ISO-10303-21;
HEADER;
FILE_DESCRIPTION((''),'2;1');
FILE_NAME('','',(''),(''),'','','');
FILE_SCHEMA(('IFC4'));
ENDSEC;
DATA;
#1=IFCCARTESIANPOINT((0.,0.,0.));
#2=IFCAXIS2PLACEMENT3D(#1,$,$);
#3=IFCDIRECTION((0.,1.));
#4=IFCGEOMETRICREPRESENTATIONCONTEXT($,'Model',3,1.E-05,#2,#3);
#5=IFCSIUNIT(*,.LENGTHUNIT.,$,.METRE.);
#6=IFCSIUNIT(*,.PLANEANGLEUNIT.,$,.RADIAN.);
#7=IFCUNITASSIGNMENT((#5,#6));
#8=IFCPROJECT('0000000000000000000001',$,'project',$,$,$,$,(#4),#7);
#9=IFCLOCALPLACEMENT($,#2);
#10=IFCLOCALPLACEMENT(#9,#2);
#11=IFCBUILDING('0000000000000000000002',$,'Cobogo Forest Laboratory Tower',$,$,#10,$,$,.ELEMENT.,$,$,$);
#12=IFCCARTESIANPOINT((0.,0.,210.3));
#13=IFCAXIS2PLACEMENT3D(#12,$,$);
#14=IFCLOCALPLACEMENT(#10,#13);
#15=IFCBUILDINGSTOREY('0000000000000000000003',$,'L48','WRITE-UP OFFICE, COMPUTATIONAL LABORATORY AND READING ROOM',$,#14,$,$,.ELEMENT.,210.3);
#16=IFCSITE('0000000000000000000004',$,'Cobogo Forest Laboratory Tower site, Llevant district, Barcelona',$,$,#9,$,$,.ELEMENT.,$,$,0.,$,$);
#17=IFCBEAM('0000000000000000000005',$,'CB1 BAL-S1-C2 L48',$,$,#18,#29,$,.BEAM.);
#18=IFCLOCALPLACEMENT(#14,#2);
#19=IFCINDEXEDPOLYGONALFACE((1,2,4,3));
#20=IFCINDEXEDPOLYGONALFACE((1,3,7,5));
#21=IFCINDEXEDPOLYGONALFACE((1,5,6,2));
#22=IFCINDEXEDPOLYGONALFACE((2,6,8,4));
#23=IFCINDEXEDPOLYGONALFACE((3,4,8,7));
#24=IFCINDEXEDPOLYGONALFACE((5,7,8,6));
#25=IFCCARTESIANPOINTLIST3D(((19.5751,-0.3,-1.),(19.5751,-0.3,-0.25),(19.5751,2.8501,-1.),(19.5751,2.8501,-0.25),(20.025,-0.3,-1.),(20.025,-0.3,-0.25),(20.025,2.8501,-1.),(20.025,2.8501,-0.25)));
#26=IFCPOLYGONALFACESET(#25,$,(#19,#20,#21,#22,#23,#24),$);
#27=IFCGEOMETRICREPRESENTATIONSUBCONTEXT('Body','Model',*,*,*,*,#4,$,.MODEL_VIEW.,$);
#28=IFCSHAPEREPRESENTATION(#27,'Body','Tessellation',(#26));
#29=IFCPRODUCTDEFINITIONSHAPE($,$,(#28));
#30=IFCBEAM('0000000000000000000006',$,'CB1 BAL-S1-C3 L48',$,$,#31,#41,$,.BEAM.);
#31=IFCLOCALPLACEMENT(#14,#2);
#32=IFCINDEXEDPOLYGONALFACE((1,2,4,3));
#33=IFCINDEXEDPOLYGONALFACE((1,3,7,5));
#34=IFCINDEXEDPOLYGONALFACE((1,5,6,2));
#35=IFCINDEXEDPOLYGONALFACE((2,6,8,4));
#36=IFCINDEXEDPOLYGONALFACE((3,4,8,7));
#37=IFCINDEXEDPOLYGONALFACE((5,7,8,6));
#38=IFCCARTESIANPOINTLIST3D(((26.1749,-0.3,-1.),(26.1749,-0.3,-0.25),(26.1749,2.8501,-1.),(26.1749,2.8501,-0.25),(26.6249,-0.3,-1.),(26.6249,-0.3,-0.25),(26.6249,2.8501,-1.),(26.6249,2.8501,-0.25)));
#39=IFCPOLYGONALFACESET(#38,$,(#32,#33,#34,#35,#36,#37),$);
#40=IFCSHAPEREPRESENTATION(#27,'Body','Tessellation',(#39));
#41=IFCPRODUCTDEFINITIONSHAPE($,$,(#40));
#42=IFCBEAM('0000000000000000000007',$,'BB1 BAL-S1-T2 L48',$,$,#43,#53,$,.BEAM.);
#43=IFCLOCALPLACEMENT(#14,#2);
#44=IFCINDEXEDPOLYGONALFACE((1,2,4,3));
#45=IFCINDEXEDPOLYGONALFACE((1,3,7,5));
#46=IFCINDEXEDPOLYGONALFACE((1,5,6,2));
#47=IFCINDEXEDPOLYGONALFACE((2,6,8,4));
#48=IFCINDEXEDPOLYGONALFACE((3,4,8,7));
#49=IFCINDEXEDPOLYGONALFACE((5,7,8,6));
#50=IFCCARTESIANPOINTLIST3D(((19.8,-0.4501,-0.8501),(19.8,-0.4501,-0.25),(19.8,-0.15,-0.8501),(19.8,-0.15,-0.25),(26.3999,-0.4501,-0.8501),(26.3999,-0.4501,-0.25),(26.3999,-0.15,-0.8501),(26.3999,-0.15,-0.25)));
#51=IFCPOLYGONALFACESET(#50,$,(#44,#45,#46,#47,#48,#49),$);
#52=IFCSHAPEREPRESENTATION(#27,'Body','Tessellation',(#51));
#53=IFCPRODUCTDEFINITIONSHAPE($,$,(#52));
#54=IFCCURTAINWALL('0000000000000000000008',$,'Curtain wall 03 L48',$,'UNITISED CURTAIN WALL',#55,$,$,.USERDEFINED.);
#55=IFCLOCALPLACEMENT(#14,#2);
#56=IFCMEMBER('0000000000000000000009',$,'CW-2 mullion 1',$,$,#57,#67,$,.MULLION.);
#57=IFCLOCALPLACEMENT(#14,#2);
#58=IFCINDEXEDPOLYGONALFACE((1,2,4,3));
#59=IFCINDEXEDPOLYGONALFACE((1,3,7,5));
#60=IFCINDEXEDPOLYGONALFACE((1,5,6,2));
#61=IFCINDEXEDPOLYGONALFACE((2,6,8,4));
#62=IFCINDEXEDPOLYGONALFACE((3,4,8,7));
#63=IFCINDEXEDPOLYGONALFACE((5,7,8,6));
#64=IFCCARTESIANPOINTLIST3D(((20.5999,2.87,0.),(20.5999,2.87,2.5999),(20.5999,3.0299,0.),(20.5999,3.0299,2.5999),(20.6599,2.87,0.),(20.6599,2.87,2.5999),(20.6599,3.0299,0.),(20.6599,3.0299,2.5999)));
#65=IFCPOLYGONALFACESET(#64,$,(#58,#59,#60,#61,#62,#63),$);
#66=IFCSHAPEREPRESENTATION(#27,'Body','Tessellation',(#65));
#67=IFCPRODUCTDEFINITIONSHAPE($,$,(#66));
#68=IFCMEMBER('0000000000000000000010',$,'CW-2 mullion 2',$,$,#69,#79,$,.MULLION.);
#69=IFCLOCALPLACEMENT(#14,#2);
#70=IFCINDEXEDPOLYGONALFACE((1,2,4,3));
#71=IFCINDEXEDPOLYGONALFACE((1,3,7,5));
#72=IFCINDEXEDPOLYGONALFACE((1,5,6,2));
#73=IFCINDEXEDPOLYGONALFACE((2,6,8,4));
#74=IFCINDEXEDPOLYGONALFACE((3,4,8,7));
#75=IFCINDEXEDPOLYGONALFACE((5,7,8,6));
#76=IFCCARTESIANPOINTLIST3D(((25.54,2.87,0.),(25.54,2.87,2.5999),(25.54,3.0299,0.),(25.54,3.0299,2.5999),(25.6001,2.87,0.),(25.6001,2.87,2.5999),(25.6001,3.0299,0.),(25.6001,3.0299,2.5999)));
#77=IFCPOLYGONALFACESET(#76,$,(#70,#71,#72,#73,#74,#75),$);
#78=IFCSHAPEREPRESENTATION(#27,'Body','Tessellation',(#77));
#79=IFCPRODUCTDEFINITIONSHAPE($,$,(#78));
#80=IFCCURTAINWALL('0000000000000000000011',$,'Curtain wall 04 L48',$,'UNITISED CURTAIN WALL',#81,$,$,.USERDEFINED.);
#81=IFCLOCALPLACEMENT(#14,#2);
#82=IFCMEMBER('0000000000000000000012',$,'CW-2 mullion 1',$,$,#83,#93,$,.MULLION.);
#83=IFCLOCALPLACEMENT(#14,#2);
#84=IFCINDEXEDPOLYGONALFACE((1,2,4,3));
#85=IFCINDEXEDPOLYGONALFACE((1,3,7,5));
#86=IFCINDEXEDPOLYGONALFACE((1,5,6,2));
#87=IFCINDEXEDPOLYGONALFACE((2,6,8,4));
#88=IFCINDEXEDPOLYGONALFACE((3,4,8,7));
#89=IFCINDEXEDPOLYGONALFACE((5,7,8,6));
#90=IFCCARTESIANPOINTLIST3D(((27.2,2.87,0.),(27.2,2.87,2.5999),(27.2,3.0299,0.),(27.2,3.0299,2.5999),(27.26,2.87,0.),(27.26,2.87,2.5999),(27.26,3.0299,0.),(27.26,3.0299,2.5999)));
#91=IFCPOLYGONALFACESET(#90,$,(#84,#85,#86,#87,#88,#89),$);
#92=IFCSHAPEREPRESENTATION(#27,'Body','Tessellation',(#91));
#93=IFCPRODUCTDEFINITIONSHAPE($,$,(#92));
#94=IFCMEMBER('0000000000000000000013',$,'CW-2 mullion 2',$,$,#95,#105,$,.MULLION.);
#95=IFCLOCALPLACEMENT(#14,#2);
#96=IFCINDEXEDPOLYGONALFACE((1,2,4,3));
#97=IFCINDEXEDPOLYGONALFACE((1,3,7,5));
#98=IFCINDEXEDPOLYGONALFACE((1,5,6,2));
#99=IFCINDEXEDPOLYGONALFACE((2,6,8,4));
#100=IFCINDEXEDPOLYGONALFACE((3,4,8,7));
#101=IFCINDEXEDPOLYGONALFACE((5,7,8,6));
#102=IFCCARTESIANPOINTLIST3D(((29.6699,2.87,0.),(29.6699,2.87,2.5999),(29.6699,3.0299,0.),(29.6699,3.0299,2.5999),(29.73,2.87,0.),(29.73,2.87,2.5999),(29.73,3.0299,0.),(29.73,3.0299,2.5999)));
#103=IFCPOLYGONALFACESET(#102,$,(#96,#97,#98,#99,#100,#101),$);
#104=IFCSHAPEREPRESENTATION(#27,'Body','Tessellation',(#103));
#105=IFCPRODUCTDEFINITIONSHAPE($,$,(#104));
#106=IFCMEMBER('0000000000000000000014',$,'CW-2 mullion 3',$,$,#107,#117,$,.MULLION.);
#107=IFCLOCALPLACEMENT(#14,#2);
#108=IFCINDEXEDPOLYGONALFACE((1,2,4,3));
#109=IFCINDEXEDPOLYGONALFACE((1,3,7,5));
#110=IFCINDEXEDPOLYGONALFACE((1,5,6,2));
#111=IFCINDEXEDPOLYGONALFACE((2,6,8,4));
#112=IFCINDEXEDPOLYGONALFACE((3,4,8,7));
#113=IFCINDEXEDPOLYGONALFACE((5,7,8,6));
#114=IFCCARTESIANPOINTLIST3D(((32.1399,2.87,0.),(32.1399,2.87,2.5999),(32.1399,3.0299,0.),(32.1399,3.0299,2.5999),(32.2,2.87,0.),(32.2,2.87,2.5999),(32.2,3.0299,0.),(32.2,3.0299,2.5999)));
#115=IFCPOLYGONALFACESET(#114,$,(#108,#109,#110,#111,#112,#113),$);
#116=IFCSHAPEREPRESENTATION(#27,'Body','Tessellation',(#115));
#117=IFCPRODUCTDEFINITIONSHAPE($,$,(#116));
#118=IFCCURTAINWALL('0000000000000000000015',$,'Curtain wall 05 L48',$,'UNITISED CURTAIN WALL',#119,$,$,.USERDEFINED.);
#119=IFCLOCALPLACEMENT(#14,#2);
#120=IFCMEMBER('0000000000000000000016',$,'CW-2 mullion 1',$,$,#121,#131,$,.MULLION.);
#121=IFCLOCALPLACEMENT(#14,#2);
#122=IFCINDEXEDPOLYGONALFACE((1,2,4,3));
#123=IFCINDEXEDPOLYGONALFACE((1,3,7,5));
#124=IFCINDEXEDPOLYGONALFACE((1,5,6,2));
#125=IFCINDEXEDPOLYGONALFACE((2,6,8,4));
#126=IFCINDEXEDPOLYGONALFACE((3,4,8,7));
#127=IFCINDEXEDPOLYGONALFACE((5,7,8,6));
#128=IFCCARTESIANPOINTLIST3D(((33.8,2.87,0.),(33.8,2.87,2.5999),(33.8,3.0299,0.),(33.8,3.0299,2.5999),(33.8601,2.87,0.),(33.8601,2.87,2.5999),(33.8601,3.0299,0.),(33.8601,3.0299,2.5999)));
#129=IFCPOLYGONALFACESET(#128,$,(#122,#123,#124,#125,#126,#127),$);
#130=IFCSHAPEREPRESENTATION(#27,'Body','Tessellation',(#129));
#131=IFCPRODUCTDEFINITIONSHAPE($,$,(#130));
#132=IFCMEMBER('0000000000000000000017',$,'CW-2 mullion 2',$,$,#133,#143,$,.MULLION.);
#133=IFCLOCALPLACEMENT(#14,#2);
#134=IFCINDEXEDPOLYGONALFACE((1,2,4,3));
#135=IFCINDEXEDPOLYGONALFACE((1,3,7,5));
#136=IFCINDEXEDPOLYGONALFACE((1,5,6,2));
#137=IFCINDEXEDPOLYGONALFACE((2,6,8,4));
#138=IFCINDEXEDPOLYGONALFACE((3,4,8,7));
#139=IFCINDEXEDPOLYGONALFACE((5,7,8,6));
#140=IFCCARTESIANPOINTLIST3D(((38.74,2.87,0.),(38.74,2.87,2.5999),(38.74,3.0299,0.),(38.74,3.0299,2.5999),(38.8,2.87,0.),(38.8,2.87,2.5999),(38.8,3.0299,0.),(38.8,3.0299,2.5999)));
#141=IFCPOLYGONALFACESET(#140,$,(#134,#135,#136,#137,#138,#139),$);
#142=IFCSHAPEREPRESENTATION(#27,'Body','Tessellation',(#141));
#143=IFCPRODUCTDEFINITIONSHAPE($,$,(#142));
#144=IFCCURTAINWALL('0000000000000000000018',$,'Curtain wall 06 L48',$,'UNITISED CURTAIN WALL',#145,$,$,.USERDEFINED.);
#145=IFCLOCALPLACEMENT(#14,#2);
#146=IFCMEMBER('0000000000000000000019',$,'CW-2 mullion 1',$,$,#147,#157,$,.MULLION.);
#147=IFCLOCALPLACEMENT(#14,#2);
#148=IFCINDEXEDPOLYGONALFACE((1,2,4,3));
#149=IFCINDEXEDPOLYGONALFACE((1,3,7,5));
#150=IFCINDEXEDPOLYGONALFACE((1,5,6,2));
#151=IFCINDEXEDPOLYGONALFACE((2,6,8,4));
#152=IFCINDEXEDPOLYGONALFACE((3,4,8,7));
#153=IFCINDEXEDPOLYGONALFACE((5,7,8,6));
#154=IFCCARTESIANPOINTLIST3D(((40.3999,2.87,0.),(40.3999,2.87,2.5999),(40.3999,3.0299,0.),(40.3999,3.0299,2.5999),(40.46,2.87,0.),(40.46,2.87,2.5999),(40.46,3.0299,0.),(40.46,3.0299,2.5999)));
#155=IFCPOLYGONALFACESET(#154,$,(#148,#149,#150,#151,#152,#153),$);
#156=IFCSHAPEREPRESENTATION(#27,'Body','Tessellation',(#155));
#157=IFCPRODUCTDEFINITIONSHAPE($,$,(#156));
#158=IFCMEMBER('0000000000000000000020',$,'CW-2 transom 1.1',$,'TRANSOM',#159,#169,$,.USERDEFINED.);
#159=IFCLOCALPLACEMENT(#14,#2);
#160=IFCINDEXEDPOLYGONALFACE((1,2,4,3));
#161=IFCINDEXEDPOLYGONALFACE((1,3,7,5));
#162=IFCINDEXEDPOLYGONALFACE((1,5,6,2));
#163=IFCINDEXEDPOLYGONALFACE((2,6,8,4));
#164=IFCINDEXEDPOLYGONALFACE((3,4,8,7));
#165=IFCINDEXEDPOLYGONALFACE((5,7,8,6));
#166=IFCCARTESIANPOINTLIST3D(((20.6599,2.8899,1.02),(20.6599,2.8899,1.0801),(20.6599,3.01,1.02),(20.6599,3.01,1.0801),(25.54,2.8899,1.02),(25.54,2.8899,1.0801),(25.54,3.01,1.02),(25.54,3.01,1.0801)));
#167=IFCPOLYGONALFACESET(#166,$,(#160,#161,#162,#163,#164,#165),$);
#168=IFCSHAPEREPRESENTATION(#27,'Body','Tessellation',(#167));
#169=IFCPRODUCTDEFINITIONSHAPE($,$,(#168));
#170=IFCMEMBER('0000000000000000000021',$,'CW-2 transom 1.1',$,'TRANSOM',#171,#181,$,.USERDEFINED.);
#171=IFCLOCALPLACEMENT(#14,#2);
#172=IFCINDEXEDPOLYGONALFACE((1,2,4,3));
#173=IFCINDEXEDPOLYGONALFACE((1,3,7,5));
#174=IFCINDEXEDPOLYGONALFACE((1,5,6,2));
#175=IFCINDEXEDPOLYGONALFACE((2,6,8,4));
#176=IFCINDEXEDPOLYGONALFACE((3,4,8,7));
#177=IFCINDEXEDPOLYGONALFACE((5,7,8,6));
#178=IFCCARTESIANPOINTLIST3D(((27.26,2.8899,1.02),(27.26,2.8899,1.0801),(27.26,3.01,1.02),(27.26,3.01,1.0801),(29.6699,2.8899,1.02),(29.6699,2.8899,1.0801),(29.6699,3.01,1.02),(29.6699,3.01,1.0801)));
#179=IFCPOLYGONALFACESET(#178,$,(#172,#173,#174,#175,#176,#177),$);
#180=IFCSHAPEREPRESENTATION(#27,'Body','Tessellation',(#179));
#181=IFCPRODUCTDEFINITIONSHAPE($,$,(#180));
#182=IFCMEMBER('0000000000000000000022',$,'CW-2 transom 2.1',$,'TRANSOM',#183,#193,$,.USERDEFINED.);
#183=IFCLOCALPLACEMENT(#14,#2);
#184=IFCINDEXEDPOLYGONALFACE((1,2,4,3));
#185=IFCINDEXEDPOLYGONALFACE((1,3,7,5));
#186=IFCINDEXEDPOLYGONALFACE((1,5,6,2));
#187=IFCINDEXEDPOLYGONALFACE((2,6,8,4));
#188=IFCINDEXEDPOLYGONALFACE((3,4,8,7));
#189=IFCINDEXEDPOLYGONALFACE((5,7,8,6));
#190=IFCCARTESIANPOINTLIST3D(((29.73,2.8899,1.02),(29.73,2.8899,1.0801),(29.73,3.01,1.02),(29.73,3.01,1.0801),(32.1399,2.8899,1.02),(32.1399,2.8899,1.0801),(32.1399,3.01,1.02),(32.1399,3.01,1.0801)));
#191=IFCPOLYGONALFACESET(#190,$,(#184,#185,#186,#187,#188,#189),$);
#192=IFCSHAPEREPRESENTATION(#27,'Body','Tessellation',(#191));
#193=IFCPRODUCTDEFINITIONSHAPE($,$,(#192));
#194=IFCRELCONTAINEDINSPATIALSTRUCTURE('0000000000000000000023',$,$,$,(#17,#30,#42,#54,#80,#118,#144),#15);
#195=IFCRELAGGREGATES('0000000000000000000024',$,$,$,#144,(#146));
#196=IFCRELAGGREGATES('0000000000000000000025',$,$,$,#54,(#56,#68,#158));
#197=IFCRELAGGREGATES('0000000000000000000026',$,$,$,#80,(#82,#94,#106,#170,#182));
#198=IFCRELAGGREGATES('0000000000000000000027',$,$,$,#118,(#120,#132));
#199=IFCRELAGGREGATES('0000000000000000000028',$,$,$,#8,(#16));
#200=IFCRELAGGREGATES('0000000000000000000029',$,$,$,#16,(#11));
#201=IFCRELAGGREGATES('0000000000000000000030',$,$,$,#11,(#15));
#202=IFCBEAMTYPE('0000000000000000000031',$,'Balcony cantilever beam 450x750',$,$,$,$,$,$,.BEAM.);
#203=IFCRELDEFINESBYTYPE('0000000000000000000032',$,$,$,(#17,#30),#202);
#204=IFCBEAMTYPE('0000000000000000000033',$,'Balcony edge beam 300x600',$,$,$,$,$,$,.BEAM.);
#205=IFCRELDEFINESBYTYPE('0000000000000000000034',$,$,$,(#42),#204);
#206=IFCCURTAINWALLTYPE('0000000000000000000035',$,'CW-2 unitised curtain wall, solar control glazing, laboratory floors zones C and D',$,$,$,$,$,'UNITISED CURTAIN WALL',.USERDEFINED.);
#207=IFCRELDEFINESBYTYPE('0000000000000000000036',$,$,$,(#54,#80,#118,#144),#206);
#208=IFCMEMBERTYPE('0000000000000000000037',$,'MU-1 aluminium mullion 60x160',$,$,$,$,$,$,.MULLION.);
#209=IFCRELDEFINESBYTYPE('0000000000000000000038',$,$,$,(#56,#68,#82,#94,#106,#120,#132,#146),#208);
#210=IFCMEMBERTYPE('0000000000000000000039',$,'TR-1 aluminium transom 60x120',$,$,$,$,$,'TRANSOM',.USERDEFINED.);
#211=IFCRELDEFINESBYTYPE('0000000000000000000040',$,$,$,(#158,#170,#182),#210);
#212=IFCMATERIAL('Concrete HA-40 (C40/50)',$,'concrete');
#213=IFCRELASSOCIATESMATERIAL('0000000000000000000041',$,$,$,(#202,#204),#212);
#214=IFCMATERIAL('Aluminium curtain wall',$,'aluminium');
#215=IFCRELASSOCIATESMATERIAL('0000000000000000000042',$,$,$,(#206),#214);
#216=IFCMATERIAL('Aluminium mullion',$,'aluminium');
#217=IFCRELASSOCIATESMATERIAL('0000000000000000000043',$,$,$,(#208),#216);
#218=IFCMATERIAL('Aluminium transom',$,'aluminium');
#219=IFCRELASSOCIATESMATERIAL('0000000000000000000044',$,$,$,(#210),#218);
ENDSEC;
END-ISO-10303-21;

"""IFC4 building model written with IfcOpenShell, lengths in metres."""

from ifc_helpers import new_model, si_unit, direction, frame, origin, origin_2d, place, context, subcontext, project, spatial, rectangle, extrude, material, material_profile, profile_set, type_object, element, aggregate, save


model = new_model("IFC4")

# Units and contexts
model_context = context("Model", 3, precision=1e-05, world=origin(), true_north=direction((0.0, 1.0)))
body_context = subcontext(model_context, "Body", "Model", "MODEL_VIEW")
ifc_project = project(units=[si_unit("LENGTHUNIT", "METRE"), si_unit("PLANEANGLEUNIT", "RADIAN")], contexts=[model_context])

# Site, building, storey
site_placement = place(None, origin())
site = spatial("IfcSite", under=ifc_project, at=site_placement, Name="Cobogo Forest Laboratory Tower site, Llevant district, Barcelona", CompositionType="ELEMENT", RefElevation=0.0)
building_placement = place(site_placement, origin())
building = spatial("IfcBuilding", under=site, at=building_placement, Name="Cobogo Forest Laboratory Tower", CompositionType="ELEMENT")
storey_placement = place(building_placement, frame((0.0, 0.0, 210.3)))
storey = spatial("IfcBuildingStorey", under=building, at=storey_placement, Name="L48", Description="WRITE-UP OFFICE, COMPUTATIONAL LABORATORY AND READING ROOM", CompositionType="ELEMENT", Elevation=210.3)

# Beams
ifc_material_1 = material(Name="Concrete HA-40 (C40/50)", Category="concrete")
ifc_material_profile_1 = material_profile(ifc_material_1, rectangle(XDim=0.45, YDim=0.75, at=origin_2d()), Name="RC 450x750")
ifc_profile_set_1 = profile_set([ifc_material_profile_1], Name="Concrete HA-40 (C40/50)")
beam_type_1 = type_object("IfcBeamType", Name="Balcony cantilever beam 450x750", PredefinedType="BEAM", material=ifc_profile_set_1)
for number, where, z_axis, x_axis, name in (
    (1, (19.8, 2.8501, -0.625), (0.0, -1.0, 0.0), (1.0, 0.0, 0.0), "CB1 BAL-S1-C2 L48"),
    (2, (26.3999, 2.8501, -0.625), (0.0, -1.0, 0.0), (1.0, 0.0, 0.0), "CB1 BAL-S1-C3 L48"),
):
    element("IfcBeam", number, at=place(storey_placement, frame(where, z_axis=z_axis, x_axis=x_axis)), inside=storey, type_object=beam_type_1, Name=name, PredefinedType="BEAM", context=body_context, shape_type="SweptSolid", body=[
        extrude(rectangle(XDim=0.45, YDim=0.75, at=origin_2d()), origin(), (0.0, 0.0, 1.0), 3.1501),
    ])
ifc_material_profile_2 = material_profile(ifc_material_1, rectangle(XDim=0.3, YDim=0.6001, at=origin_2d()), Name="RC 300x600")
ifc_profile_set_2 = profile_set([ifc_material_profile_2], Name="Concrete HA-40 (C40/50)")
beam_type_2 = type_object("IfcBeamType", Name="Balcony edge beam 300x600", PredefinedType="BEAM", material=ifc_profile_set_2)
beam_placement = place(storey_placement, frame((19.8, -0.3, -0.55), z_axis=(1.0, 0.0, 0.0), x_axis=(0.0, 1.0, 0.0)))
element("IfcBeam", 3, at=beam_placement, inside=storey, type_object=beam_type_2, Name="BB1 BAL-S1-T2 L48", PredefinedType="BEAM", context=body_context, shape_type="SweptSolid", body=[
    extrude(rectangle(XDim=0.3, YDim=0.6001, at=origin_2d()), origin(), (0.0, 0.0, 1.0), 6.5999),
])

# Curtain walls, members
ifc_material_2 = material(Name="Aluminium curtain wall", Category="aluminium")
curtain_wall_type = type_object("IfcCurtainWallType", Name="CW-2 unitised curtain wall, solar control glazing, laboratory floors zones C and D", ElementType="UNITISED CURTAIN WALL", PredefinedType="USERDEFINED", material=ifc_material_2)
curtain_wall_1_placement = place(storey_placement, origin())
curtain_wall_1 = element("IfcCurtainWall", 4, at=curtain_wall_1_placement, inside=storey, type_object=curtain_wall_type, Name="Curtain wall 03 L48", ObjectType="UNITISED CURTAIN WALL", PredefinedType="USERDEFINED")
ifc_material_3 = material(Name="Aluminium mullion", Category="aluminium")
ifc_material_profile_3 = material_profile(ifc_material_3, rectangle(XDim=0.0601, YDim=0.1599, at=origin_2d()), Name="AL 60x160")
ifc_profile_set_3 = profile_set([ifc_material_profile_3], Name="Aluminium mullion")
member_type_1 = type_object("IfcMemberType", Name="MU-1 aluminium mullion 60x160", PredefinedType="MULLION", material=ifc_profile_set_3)
member_1_placement = place(storey_placement, frame((20.6299, 2.95, 0.0), z_axis=(0.0, 0.0, 1.0), x_axis=(1.0, 0.0, 0.0)))
member_1 = element("IfcMember", 5, at=member_1_placement, type_object=member_type_1, Name="CW-2 mullion 1", PredefinedType="MULLION", context=body_context, shape_type="SweptSolid", body=[
    extrude(rectangle(XDim=0.0601, YDim=0.1599, at=origin_2d()), origin(), (0.0, 0.0, 1.0), 2.5999),
])
member_2_placement = place(storey_placement, frame((25.5701, 2.95, 0.0), z_axis=(0.0, 0.0, 1.0), x_axis=(1.0, 0.0, 0.0)))
member_2 = element("IfcMember", 6, at=member_2_placement, type_object=member_type_1, Name="CW-2 mullion 2", PredefinedType="MULLION", context=body_context, shape_type="SweptSolid", body=[
    extrude(rectangle(XDim=0.0601, YDim=0.1599, at=origin_2d()), origin(), (0.0, 0.0, 1.0), 2.5999),
])
curtain_wall_2_placement = place(storey_placement, origin())
curtain_wall_2 = element("IfcCurtainWall", 7, at=curtain_wall_2_placement, inside=storey, type_object=curtain_wall_type, Name="Curtain wall 04 L48", ObjectType="UNITISED CURTAIN WALL", PredefinedType="USERDEFINED")
member_3_placement = place(storey_placement, frame((27.23, 2.95, 0.0), z_axis=(0.0, 0.0, 1.0), x_axis=(1.0, 0.0, 0.0)))
member_3 = element("IfcMember", 8, at=member_3_placement, type_object=member_type_1, Name="CW-2 mullion 1", PredefinedType="MULLION", context=body_context, shape_type="SweptSolid", body=[
    extrude(rectangle(XDim=0.0601, YDim=0.1599, at=origin_2d()), origin(), (0.0, 0.0, 1.0), 2.5999),
])
member_4_placement = place(storey_placement, frame((29.7, 2.95, 0.0), z_axis=(0.0, 0.0, 1.0), x_axis=(1.0, 0.0, 0.0)))
member_4 = element("IfcMember", 9, at=member_4_placement, type_object=member_type_1, Name="CW-2 mullion 2", PredefinedType="MULLION", context=body_context, shape_type="SweptSolid", body=[
    extrude(rectangle(XDim=0.0601, YDim=0.1599, at=origin_2d()), origin(), (0.0, 0.0, 1.0), 2.5999),
])
member_5_placement = place(storey_placement, frame((32.1699, 2.95, 0.0), z_axis=(0.0, 0.0, 1.0), x_axis=(1.0, 0.0, 0.0)))
member_5 = element("IfcMember", 10, at=member_5_placement, type_object=member_type_1, Name="CW-2 mullion 3", PredefinedType="MULLION", context=body_context, shape_type="SweptSolid", body=[
    extrude(rectangle(XDim=0.0601, YDim=0.1599, at=origin_2d()), origin(), (0.0, 0.0, 1.0), 2.5999),
])
curtain_wall_3_placement = place(storey_placement, origin())
curtain_wall_3 = element("IfcCurtainWall", 11, at=curtain_wall_3_placement, inside=storey, type_object=curtain_wall_type, Name="Curtain wall 05 L48", ObjectType="UNITISED CURTAIN WALL", PredefinedType="USERDEFINED")
member_6_placement = place(storey_placement, frame((33.8301, 2.95, 0.0), z_axis=(0.0, 0.0, 1.0), x_axis=(1.0, 0.0, 0.0)))
member_6 = element("IfcMember", 12, at=member_6_placement, type_object=member_type_1, Name="CW-2 mullion 1", PredefinedType="MULLION", context=body_context, shape_type="SweptSolid", body=[
    extrude(rectangle(XDim=0.0601, YDim=0.1599, at=origin_2d()), origin(), (0.0, 0.0, 1.0), 2.5999),
])
member_7_placement = place(storey_placement, frame((38.77, 2.95, 0.0), z_axis=(0.0, 0.0, 1.0), x_axis=(1.0, 0.0, 0.0)))
member_7 = element("IfcMember", 13, at=member_7_placement, type_object=member_type_1, Name="CW-2 mullion 2", PredefinedType="MULLION", context=body_context, shape_type="SweptSolid", body=[
    extrude(rectangle(XDim=0.0601, YDim=0.1599, at=origin_2d()), origin(), (0.0, 0.0, 1.0), 2.5999),
])

# Curtain wall, member
curtain_wall_4_placement = place(storey_placement, origin())
curtain_wall_4 = element("IfcCurtainWall", 14, at=curtain_wall_4_placement, inside=storey, type_object=curtain_wall_type, Name="Curtain wall 06 L48", ObjectType="UNITISED CURTAIN WALL", PredefinedType="USERDEFINED")
member_8_placement = place(storey_placement, frame((40.4299, 2.95, 0.0), z_axis=(0.0, 0.0, 1.0), x_axis=(1.0, 0.0, 0.0)))
member_8 = element("IfcMember", 15, at=member_8_placement, type_object=member_type_1, Name="CW-2 mullion 1", PredefinedType="MULLION", context=body_context, shape_type="SweptSolid", body=[
    extrude(rectangle(XDim=0.0601, YDim=0.1599, at=origin_2d()), origin(), (0.0, 0.0, 1.0), 2.5999),
])

# Members
ifc_material_4 = material(Name="Aluminium transom", Category="aluminium")
ifc_material_profile_4 = material_profile(ifc_material_4, rectangle(XDim=0.1201, YDim=0.0601, at=origin_2d()), Name="AL 60x120")
ifc_profile_set_4 = profile_set([ifc_material_profile_4], Name="Aluminium transom")
member_type_2 = type_object("IfcMemberType", Name="TR-1 aluminium transom 60x120", ElementType="TRANSOM", PredefinedType="USERDEFINED", material=ifc_profile_set_4)
member_9_placement = place(storey_placement, frame((20.6599, 2.95, 1.05), z_axis=(1.0, 0.0, 0.0), x_axis=(0.0, 1.0, 0.0)))
member_9 = element("IfcMember", 16, at=member_9_placement, type_object=member_type_2, Name="CW-2 transom 1.1", ObjectType="TRANSOM", PredefinedType="USERDEFINED", context=body_context, shape_type="SweptSolid", body=[
    extrude(rectangle(XDim=0.1201, YDim=0.0601, at=origin_2d()), origin(), (0.0, 0.0, 1.0), 4.8801),
])
member_10_placement = place(storey_placement, frame((27.26, 2.95, 1.05), z_axis=(1.0, 0.0, 0.0), x_axis=(0.0, 1.0, 0.0)))
member_10 = element("IfcMember", 17, at=member_10_placement, type_object=member_type_2, Name="CW-2 transom 1.1", ObjectType="TRANSOM", PredefinedType="USERDEFINED", context=body_context, shape_type="SweptSolid", body=[
    extrude(rectangle(XDim=0.1201, YDim=0.0601, at=origin_2d()), origin(), (0.0, 0.0, 1.0), 2.4099),
])
member_11_placement = place(storey_placement, frame((29.73, 2.95, 1.05), z_axis=(1.0, 0.0, 0.0), x_axis=(0.0, 1.0, 0.0)))
member_11 = element("IfcMember", 18, at=member_11_placement, type_object=member_type_2, Name="CW-2 transom 2.1", ObjectType="TRANSOM", PredefinedType="USERDEFINED", context=body_context, shape_type="SweptSolid", body=[
    extrude(rectangle(XDim=0.1201, YDim=0.0601, at=origin_2d()), origin(), (0.0, 0.0, 1.0), 2.4099),
])
aggregate(curtain_wall_4, [member_8])

aggregate(curtain_wall_1, [member_1, member_2, member_9])
aggregate(curtain_wall_2, [member_3, member_4, member_5, member_10, member_11])
aggregate(curtain_wall_3, [member_6, member_7])

save(model, "model.ifc")
